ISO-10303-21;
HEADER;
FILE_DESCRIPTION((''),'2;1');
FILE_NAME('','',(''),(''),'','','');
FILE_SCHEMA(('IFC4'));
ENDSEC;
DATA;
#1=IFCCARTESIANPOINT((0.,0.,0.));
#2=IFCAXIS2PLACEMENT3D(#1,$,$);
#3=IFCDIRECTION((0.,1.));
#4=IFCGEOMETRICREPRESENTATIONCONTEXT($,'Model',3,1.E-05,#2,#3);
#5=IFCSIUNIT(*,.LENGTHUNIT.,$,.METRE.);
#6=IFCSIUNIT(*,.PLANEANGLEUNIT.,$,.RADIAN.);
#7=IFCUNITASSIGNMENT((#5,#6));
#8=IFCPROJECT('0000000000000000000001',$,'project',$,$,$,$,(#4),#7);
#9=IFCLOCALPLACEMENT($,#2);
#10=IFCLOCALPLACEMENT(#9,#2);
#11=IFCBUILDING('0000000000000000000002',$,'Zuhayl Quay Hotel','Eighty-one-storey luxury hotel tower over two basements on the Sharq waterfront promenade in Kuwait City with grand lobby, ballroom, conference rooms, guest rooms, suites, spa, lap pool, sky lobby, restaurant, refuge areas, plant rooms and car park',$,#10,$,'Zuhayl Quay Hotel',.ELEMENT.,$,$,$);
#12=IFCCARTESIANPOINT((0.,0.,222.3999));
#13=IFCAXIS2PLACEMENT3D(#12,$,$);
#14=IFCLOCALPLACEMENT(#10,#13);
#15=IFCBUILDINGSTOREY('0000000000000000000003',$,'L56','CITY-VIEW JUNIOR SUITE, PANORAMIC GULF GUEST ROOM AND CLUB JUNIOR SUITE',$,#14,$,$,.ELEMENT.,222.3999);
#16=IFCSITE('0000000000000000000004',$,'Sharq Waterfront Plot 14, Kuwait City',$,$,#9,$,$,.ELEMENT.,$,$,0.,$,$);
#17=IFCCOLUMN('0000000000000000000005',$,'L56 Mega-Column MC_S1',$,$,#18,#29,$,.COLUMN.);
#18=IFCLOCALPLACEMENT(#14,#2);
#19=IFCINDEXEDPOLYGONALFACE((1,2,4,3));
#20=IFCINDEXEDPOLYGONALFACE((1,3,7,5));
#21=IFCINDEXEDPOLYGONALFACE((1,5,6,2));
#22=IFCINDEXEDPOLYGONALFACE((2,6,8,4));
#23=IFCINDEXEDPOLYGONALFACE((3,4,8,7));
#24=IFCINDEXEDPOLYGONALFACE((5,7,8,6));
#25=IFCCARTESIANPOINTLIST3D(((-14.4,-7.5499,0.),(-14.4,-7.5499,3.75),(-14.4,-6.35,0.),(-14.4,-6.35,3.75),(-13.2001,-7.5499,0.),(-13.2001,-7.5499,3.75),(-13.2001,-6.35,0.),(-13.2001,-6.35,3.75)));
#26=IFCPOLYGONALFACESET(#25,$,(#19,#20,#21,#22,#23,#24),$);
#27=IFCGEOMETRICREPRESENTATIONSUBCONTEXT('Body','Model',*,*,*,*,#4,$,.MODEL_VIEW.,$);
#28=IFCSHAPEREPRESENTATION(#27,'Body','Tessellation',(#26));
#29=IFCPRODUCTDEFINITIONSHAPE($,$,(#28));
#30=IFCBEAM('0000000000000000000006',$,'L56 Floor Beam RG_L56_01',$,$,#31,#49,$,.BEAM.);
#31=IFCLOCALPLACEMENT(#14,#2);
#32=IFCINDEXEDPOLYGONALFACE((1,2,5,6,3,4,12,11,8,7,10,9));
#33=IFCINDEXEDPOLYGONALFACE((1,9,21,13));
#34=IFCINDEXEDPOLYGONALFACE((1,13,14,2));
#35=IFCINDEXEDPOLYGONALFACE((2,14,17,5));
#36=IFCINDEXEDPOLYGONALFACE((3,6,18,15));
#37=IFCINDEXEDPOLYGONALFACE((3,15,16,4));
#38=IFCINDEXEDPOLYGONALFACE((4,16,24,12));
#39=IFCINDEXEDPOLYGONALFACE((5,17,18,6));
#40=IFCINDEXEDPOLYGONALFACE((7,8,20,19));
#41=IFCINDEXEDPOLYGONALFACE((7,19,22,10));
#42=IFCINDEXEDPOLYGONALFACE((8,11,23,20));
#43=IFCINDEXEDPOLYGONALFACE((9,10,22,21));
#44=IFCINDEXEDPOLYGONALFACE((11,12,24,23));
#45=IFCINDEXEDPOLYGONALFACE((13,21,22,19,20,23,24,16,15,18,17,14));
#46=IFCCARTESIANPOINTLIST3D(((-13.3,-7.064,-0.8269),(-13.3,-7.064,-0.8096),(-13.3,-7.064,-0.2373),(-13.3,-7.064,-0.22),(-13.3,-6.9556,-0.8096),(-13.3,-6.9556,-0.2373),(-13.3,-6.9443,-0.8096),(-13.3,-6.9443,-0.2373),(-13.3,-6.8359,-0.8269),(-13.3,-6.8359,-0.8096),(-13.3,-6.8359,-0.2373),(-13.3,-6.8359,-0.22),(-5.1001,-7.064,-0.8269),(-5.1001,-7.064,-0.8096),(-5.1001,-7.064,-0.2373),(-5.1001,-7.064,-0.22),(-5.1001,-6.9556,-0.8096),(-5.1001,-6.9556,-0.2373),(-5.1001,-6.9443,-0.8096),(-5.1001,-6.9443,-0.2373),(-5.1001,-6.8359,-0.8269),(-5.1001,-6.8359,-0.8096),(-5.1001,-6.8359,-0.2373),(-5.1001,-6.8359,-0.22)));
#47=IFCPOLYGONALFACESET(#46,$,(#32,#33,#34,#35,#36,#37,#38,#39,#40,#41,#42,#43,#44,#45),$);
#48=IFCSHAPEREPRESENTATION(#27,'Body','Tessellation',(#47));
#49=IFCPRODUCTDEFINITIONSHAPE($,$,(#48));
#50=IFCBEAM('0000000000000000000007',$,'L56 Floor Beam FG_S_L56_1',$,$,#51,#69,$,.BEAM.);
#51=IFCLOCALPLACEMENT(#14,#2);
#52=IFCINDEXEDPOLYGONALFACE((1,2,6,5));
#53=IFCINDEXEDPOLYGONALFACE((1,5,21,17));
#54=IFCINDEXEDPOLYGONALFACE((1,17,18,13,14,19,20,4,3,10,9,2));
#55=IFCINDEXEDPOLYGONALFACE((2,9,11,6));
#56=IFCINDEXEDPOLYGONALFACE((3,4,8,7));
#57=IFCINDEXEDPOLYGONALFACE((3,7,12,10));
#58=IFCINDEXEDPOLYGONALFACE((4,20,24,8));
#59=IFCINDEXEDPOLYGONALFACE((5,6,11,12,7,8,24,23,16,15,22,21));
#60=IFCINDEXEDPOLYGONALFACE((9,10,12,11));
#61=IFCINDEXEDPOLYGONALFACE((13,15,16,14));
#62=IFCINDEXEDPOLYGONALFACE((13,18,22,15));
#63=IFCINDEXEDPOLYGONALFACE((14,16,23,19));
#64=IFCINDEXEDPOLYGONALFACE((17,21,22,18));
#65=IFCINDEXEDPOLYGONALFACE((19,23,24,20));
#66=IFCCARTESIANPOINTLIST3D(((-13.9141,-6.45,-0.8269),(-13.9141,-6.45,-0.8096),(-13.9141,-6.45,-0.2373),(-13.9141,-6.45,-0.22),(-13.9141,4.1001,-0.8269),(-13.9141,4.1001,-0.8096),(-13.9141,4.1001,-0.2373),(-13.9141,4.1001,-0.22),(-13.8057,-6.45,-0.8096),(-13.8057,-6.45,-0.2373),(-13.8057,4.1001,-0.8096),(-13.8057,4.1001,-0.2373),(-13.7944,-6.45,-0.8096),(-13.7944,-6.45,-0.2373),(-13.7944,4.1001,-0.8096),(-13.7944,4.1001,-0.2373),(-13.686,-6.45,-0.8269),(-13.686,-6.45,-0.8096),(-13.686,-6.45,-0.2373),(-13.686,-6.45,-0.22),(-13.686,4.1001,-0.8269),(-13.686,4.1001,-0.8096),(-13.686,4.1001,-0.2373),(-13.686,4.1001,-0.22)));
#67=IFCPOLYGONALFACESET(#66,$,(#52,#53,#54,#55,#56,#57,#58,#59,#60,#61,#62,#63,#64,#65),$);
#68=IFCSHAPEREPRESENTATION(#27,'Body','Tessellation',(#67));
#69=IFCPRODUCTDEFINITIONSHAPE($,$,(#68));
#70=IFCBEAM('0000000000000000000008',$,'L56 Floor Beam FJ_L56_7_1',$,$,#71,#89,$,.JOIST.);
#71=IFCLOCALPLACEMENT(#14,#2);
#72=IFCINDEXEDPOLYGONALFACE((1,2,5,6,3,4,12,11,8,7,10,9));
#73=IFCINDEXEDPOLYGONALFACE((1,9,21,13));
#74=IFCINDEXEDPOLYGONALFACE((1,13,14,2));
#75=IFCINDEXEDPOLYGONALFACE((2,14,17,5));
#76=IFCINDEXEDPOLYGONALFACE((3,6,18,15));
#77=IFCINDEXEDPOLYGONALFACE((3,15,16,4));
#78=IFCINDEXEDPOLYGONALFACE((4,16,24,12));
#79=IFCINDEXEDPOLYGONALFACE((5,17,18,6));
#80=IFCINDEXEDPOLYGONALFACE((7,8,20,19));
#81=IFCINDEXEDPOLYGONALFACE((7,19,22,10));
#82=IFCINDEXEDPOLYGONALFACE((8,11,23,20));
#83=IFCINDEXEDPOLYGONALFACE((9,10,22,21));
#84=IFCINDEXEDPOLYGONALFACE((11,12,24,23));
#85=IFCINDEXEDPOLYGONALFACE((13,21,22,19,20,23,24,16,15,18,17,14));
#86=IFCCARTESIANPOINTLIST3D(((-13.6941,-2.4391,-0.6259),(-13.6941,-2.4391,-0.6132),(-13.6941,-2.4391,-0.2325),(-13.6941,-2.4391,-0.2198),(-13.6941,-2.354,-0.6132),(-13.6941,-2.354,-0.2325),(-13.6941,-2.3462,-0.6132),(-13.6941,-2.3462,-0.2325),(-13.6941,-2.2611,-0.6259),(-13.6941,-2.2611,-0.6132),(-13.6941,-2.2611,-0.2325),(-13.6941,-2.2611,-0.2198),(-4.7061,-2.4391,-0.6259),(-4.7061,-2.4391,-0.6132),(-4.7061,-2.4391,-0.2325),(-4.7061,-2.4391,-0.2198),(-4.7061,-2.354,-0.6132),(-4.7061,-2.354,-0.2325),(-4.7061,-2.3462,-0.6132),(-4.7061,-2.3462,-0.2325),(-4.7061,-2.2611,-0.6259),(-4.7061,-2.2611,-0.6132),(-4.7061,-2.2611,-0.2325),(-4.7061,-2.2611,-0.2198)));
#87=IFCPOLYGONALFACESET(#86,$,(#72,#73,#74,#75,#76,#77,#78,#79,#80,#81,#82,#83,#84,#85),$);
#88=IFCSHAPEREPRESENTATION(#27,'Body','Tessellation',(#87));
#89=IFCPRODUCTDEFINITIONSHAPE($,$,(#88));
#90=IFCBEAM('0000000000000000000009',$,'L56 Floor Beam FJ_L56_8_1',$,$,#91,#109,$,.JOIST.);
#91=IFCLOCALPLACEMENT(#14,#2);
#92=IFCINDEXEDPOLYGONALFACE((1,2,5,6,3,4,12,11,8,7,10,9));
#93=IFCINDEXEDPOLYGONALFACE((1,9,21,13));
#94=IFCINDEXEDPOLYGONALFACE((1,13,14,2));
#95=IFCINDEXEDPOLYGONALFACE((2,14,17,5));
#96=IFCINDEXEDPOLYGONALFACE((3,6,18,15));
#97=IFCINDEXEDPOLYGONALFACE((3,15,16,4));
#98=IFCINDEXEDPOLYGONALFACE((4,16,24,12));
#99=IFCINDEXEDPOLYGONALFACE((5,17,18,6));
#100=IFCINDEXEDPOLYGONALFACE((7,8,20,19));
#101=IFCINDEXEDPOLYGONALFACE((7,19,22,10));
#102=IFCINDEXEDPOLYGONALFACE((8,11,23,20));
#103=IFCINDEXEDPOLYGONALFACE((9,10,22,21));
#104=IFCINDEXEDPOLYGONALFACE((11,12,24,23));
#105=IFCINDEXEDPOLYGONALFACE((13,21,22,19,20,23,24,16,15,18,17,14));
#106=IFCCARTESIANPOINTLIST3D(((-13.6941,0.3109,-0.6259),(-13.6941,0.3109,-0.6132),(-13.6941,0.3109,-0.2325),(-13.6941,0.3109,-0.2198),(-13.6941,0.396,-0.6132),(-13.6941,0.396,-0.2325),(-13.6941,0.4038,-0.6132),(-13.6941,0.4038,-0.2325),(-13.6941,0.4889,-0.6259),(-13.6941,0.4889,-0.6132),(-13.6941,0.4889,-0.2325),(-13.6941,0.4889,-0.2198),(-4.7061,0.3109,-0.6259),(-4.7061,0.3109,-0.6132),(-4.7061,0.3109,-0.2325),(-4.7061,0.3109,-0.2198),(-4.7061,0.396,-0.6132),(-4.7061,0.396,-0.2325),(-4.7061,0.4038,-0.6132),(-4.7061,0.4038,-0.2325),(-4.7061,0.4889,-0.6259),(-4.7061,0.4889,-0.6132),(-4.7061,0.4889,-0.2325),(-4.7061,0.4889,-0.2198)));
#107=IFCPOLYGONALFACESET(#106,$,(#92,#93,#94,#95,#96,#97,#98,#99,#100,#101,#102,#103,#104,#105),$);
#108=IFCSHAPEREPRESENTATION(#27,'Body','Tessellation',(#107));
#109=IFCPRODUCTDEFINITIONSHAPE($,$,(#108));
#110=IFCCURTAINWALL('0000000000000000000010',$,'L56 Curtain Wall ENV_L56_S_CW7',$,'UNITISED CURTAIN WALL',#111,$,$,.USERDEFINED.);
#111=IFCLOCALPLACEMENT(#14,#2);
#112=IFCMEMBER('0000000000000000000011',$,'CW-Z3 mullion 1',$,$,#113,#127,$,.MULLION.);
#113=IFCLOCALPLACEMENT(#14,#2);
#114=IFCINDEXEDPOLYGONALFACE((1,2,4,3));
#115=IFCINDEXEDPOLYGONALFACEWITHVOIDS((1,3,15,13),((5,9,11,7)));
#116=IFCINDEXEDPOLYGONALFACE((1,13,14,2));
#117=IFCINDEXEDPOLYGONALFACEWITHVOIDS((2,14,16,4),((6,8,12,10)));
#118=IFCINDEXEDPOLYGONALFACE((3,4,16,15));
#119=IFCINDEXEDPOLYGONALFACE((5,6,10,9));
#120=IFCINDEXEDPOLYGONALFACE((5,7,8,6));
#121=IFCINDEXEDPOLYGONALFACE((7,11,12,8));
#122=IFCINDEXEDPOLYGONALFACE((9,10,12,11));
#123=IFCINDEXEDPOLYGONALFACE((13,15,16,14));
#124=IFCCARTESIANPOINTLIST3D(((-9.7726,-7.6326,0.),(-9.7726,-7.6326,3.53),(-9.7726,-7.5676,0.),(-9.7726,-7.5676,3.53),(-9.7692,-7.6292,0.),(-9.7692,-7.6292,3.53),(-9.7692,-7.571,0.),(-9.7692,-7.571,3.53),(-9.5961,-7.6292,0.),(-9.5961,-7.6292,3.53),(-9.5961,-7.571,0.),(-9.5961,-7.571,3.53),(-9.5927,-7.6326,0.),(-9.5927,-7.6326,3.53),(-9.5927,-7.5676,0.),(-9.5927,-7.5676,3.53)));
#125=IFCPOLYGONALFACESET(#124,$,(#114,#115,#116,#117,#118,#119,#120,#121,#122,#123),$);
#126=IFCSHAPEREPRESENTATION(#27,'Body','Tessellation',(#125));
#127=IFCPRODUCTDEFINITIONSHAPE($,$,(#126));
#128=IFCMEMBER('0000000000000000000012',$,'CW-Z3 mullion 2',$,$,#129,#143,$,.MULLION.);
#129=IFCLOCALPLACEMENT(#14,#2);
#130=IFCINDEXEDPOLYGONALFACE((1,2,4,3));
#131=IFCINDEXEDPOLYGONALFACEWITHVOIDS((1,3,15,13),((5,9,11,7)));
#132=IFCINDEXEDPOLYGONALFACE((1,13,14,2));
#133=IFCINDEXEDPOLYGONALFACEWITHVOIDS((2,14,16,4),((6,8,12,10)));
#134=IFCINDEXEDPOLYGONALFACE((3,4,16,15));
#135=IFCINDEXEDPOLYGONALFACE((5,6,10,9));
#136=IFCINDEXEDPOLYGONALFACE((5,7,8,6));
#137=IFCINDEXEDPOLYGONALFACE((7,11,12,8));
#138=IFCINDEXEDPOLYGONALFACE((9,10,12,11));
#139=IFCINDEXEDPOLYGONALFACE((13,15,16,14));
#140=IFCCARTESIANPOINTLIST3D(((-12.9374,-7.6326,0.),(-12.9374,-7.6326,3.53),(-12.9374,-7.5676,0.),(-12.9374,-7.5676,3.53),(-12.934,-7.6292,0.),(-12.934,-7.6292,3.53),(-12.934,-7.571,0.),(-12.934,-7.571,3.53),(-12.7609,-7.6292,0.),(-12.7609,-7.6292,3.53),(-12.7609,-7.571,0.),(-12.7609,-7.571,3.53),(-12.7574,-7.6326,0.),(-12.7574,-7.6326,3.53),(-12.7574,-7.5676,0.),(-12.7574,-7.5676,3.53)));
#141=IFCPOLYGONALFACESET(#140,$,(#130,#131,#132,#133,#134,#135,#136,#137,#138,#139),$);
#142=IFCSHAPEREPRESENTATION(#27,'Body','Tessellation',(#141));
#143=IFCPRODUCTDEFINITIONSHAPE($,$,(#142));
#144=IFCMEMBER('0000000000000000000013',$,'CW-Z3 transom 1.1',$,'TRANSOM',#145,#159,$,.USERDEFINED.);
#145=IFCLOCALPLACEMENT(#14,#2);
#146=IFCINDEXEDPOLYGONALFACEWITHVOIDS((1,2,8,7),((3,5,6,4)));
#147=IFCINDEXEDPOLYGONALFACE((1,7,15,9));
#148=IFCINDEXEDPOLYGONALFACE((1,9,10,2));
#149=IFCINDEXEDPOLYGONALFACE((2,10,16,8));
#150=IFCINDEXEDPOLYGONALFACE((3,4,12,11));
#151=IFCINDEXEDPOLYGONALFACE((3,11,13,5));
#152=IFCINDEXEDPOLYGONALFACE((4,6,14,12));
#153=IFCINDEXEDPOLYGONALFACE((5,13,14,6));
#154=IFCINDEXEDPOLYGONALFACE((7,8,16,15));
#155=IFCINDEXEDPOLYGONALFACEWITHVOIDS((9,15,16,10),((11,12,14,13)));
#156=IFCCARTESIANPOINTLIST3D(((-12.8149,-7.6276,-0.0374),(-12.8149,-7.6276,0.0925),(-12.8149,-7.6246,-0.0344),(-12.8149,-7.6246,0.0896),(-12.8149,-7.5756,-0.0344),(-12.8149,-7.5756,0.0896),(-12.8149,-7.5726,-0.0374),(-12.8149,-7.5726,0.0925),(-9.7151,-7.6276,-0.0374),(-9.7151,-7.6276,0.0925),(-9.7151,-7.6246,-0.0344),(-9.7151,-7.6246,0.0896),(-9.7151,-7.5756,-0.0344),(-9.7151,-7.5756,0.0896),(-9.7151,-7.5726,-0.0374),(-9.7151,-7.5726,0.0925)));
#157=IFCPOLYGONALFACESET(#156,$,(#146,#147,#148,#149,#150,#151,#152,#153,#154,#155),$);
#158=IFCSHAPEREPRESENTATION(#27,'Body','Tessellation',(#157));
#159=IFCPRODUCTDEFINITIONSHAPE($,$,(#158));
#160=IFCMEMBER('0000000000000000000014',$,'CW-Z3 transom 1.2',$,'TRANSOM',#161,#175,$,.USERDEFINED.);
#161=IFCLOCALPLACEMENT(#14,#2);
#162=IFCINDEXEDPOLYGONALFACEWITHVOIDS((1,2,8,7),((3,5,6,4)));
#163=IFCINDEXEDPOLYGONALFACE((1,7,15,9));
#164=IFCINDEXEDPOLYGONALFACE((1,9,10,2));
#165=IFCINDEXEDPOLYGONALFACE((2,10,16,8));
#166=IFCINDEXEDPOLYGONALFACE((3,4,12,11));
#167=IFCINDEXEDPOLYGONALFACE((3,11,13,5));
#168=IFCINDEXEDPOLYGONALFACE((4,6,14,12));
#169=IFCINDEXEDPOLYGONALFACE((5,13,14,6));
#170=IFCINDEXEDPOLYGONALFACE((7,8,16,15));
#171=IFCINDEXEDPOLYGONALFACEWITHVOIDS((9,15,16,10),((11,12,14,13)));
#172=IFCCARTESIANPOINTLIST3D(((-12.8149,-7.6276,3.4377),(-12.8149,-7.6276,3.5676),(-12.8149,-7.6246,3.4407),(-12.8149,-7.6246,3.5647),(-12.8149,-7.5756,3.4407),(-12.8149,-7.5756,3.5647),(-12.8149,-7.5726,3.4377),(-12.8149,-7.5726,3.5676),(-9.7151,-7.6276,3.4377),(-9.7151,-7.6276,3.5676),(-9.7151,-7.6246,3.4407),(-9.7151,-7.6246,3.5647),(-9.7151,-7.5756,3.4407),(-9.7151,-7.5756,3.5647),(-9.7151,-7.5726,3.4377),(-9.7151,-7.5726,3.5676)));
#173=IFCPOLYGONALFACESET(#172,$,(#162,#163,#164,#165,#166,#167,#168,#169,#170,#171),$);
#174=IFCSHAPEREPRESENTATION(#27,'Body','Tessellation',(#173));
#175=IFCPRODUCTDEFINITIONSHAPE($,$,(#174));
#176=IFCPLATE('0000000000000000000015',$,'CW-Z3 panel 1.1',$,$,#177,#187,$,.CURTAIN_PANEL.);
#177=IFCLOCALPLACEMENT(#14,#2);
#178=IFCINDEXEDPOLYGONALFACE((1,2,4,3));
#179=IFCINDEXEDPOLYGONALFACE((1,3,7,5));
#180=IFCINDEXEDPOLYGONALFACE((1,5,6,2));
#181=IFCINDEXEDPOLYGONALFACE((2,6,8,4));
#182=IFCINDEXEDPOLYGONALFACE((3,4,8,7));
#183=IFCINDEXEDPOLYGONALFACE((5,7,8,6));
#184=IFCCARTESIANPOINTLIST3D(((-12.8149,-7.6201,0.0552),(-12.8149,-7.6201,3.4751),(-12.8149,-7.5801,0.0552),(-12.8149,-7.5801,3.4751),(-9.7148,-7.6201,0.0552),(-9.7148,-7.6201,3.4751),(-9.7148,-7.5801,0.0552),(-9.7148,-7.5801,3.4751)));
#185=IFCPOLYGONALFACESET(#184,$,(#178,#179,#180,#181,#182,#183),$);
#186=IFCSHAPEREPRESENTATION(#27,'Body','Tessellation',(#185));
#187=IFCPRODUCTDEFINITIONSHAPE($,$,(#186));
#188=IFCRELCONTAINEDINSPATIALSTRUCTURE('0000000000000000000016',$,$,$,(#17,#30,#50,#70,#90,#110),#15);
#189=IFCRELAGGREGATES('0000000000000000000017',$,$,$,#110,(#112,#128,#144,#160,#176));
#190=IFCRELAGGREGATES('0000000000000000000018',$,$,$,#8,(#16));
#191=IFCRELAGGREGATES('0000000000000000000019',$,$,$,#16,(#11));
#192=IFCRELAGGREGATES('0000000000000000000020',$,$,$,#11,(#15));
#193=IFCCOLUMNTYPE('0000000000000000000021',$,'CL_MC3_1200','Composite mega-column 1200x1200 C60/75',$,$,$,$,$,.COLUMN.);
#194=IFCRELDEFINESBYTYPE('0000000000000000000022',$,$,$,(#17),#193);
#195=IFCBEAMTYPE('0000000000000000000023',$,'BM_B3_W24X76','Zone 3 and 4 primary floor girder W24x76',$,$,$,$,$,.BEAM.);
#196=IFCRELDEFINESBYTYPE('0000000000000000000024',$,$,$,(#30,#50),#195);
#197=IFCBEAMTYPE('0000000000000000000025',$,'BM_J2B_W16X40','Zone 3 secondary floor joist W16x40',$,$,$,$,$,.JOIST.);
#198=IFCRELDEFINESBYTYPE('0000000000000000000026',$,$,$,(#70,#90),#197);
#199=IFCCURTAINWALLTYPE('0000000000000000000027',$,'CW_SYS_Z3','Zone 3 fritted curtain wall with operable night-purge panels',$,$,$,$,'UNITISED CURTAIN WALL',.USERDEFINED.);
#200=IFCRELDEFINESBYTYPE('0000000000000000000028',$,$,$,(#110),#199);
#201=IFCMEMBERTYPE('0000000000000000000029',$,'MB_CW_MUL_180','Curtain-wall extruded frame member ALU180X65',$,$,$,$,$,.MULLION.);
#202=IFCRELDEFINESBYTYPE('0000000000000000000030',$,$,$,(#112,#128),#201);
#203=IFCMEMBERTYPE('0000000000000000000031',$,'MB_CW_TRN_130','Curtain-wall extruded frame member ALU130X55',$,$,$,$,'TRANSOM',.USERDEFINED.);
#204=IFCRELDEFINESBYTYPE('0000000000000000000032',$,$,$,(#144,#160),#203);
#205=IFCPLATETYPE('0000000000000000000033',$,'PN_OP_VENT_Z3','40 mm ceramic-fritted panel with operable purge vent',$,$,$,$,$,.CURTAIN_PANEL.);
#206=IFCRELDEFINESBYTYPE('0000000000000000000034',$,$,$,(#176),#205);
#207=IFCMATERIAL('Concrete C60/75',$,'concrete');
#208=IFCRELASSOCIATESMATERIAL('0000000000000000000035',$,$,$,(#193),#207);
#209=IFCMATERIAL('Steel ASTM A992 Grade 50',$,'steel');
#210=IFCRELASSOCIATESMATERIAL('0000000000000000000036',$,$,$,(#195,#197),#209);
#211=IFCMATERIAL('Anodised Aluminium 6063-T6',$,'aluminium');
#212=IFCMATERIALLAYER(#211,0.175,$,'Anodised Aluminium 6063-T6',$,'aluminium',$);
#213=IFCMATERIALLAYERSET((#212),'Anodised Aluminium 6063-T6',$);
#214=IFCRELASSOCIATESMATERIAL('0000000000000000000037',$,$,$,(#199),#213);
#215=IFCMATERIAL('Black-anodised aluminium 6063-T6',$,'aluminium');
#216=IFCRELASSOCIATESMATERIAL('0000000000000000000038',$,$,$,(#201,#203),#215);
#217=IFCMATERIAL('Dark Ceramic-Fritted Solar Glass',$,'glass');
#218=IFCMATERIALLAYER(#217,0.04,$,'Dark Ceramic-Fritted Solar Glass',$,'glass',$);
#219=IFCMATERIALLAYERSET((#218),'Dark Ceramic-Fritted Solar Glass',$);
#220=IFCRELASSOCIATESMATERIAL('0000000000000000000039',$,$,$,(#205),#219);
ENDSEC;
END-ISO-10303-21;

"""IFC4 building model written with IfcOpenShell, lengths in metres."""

from ifc_helpers import new_model, si_unit, direction, frame, origin, origin_2d, place, context, subcontext, project, spatial, rectangle, hollow_rectangle, i_section, extrude, material, layer, layer_set, material_profile, profile_set, type_object, element, aggregate, save


model = new_model("IFC4")

# Units and contexts
model_context = context("Model", 3, precision=1e-05, world=origin(), true_north=direction((0.0, 1.0)))
body_context = subcontext(model_context, "Body", "Model", "MODEL_VIEW")
ifc_project = project(units=[si_unit("LENGTHUNIT", "METRE"), si_unit("PLANEANGLEUNIT", "RADIAN")], contexts=[model_context])

# Site, building, storey
site_placement = place(None, origin())
site = spatial("IfcSite", under=ifc_project, at=site_placement, Name="Sharq Waterfront Plot 14, Kuwait City", CompositionType="ELEMENT", RefElevation=0.0)
building_placement = place(site_placement, origin())
building = spatial("IfcBuilding", under=site, at=building_placement, Name="Zuhayl Quay Hotel", Description="Eighty-one-storey luxury hotel tower over two basements on the Sharq waterfront promenade in Kuwait City with grand lobby, ballroom, conference rooms, guest rooms, suites, spa, lap pool, sky lobby, restaurant, refuge areas, plant rooms and car park", LongName="Zuhayl Quay Hotel", CompositionType="ELEMENT")
storey_placement = place(building_placement, frame((0.0, 0.0, 222.3999)))
storey = spatial("IfcBuildingStorey", under=building, at=storey_placement, Name="L56", Description="CITY-VIEW JUNIOR SUITE, PANORAMIC GULF GUEST ROOM AND CLUB JUNIOR SUITE", CompositionType="ELEMENT", Elevation=222.3999)

# Column
ifc_material_1 = material(Name="Concrete C60/75", Category="concrete")
ifc_material_profile_1 = material_profile(ifc_material_1, rectangle(XDim=1.2, YDim=1.2, at=origin_2d()), Name="RC1200X1200")
ifc_profile_set_1 = profile_set([ifc_material_profile_1], Name="Concrete C60/75")
column_type = type_object("IfcColumnType", Name="CL_MC3_1200", Description="Composite mega-column 1200x1200 C60/75", PredefinedType="COLUMN", material=ifc_profile_set_1)
column_placement = place(storey_placement, frame((-13.8, -6.95, 0.0), z_axis=(0.0, 0.0, 1.0), x_axis=(1.0, 0.0, 0.0)))
element("IfcColumn", 1, at=column_placement, inside=storey, type_object=column_type, Name="L56 Mega-Column MC_S1", PredefinedType="COLUMN", context=body_context, shape_type="SweptSolid", body=[
    extrude(rectangle(XDim=1.2, YDim=1.2, at=origin_2d()), origin(), (0.0, 0.0, 1.0), 3.75),
])

# Beams
ifc_material_2 = material(Name="Steel ASTM A992 Grade 50", Category="steel")
ifc_material_profile_2 = material_profile(ifc_material_2, i_section(OverallWidth=0.228, OverallDepth=0.6069, WebThickness=0.0112, FlangeThickness=0.0173, at=origin_2d()), Name="W24X76")
ifc_profile_set_2 = profile_set([ifc_material_profile_2], Name="Steel ASTM A992 Grade 50")
beam_type_1 = type_object("IfcBeamType", Name="BM_B3_W24X76", Description="Zone 3 and 4 primary floor girder W24x76", PredefinedType="BEAM", material=ifc_profile_set_2)
beam_1_placement = place(storey_placement, frame((-13.3, -6.95, -0.5234), z_axis=(1.0, 0.0, 0.0), x_axis=(0.0, 1.0, 0.0)))
element("IfcBeam", 2, at=beam_1_placement, inside=storey, type_object=beam_type_1, Name="L56 Floor Beam RG_L56_01", PredefinedType="BEAM", context=body_context, shape_type="SweptSolid", body=[
    extrude(i_section(OverallWidth=0.228, OverallDepth=0.6069, WebThickness=0.0112, FlangeThickness=0.0173, at=origin_2d()), origin(), (0.0, 0.0, 1.0), 8.2),
])
beam_2_placement = place(storey_placement, frame((-13.8, -6.45, -0.5234), z_axis=(0.0, 1.0, 0.0), x_axis=(-1.0, 0.0, 0.0)))
element("IfcBeam", 3, at=beam_2_placement, inside=storey, type_object=beam_type_1, Name="L56 Floor Beam FG_S_L56_1", PredefinedType="BEAM", context=body_context, shape_type="SweptSolid", body=[
    extrude(i_section(OverallWidth=0.228, OverallDepth=0.6069, WebThickness=0.0112, FlangeThickness=0.0173, at=origin_2d()), origin(), (0.0, 0.0, 1.0), 10.55),
])
ifc_material_profile_3 = material_profile(ifc_material_2, i_section(OverallWidth=0.178, OverallDepth=0.406, WebThickness=0.0078, FlangeThickness=0.0127, at=origin_2d()), Name="W16X40")
ifc_profile_set_3 = profile_set([ifc_material_profile_3], Name="Steel ASTM A992 Grade 50")
beam_type_2 = type_object("IfcBeamType", Name="BM_J2B_W16X40", Description="Zone 3 secondary floor joist W16x40", PredefinedType="JOIST", material=ifc_profile_set_3)
for number, where, z_axis, x_axis, name in (
    (4, (-13.6941, -2.3501, -0.4229), (1.0, 0.0, 0.0), (0.0, 1.0, 0.0), "L56 Floor Beam FJ_L56_7_1"),
    (5, (-13.6941, 0.3999, -0.4229), (1.0, 0.0, 0.0), (0.0, 1.0, 0.0), "L56 Floor Beam FJ_L56_8_1"),
):
    element("IfcBeam", number, at=place(storey_placement, frame(where, z_axis=z_axis, x_axis=x_axis)), inside=storey, type_object=beam_type_2, Name=name, PredefinedType="JOIST", context=body_context, shape_type="SweptSolid", body=[
        extrude(i_section(OverallWidth=0.178, OverallDepth=0.406, WebThickness=0.0078, FlangeThickness=0.0127, at=origin_2d()), origin(), (0.0, 0.0, 1.0), 8.988),
    ])

# Curtain wall, members, plate
ifc_material_3 = material(Name="Anodised Aluminium 6063-T6", Category="aluminium")
ifc_layer_1 = layer(ifc_material_3, 0.175, Name="Anodised Aluminium 6063-T6", Category="aluminium")
ifc_layer_set_1 = layer_set([ifc_layer_1], Name="Anodised Aluminium 6063-T6")
curtain_wall_type = type_object("IfcCurtainWallType", Name="CW_SYS_Z3", Description="Zone 3 fritted curtain wall with operable night-purge panels", ElementType="UNITISED CURTAIN WALL", PredefinedType="USERDEFINED", material=ifc_layer_set_1)
curtain_wall_placement = place(storey_placement, origin())
curtain_wall = element("IfcCurtainWall", 6, at=curtain_wall_placement, inside=storey, type_object=curtain_wall_type, Name="L56 Curtain Wall ENV_L56_S_CW7", ObjectType="UNITISED CURTAIN WALL", PredefinedType="USERDEFINED")
ifc_material_4 = material(Name="Black-anodised aluminium 6063-T6", Category="aluminium")
ifc_material_profile_4 = material_profile(ifc_material_4, hollow_rectangle(XDim=0.0649, YDim=0.1799, WallThickness=0.0034, at=origin_2d()), Name="ALU180X65")
ifc_profile_set_4 = profile_set([ifc_material_profile_4], Name="Black-anodised aluminium 6063-T6")
member_type_1 = type_object("IfcMemberType", Name="MB_CW_MUL_180", Description="Curtain-wall extruded frame member ALU180X65", PredefinedType="MULLION", material=ifc_profile_set_4)
member_1_placement = place(storey_placement, frame((-9.6826, -7.6001, 0.0), z_axis=(0.0, 0.0, 1.0), x_axis=(0.0, -1.0, 0.0)))
member_1 = element("IfcMember", 7, at=member_1_placement, type_object=member_type_1, Name="CW-Z3 mullion 1", PredefinedType="MULLION", context=body_context, shape_type="SweptSolid", body=[
    extrude(hollow_rectangle(XDim=0.0649, YDim=0.1799, WallThickness=0.0034, at=origin_2d()), origin(), (0.0, 0.0, 1.0), 3.53),
])
member_2_placement = place(storey_placement, frame((-12.8474, -7.6001, 0.0), z_axis=(0.0, 0.0, 1.0), x_axis=(0.0, -1.0, 0.0)))
member_2 = element("IfcMember", 8, at=member_2_placement, type_object=member_type_1, Name="CW-Z3 mullion 2", PredefinedType="MULLION", context=body_context, shape_type="SweptSolid", body=[
    extrude(hollow_rectangle(XDim=0.0649, YDim=0.1799, WallThickness=0.0034, at=origin_2d()), origin(), (0.0, 0.0, 1.0), 3.53),
])
ifc_material_profile_5 = material_profile(ifc_material_4, hollow_rectangle(XDim=0.0549, YDim=0.1299, WallThickness=0.0029, at=origin_2d()), Name="ALU130X55")
ifc_profile_set_5 = profile_set([ifc_material_profile_5], Name="Black-anodised aluminium 6063-T6")
member_type_2 = type_object("IfcMemberType", Name="MB_CW_TRN_130", Description="Curtain-wall extruded frame member ALU130X55", ElementType="TRANSOM", PredefinedType="USERDEFINED", material=ifc_profile_set_5)
member_3_placement = place(storey_placement, frame((-9.7151, -7.6001, 0.0276), z_axis=(-1.0, 0.0, 0.0), x_axis=(0.0, -1.0, 0.0)))
member_3 = element("IfcMember", 9, at=member_3_placement, type_object=member_type_2, Name="CW-Z3 transom 1.1", ObjectType="TRANSOM", PredefinedType="USERDEFINED", context=body_context, shape_type="SweptSolid", body=[
    extrude(hollow_rectangle(XDim=0.0549, YDim=0.1299, WallThickness=0.0029, at=origin_2d()), origin(), (0.0, 0.0, 1.0), 3.0999),
])
member_4_placement = place(storey_placement, frame((-9.7151, -7.6001, 3.5027), z_axis=(-1.0, 0.0, 0.0), x_axis=(0.0, -1.0, 0.0)))
member_4 = element("IfcMember", 10, at=member_4_placement, type_object=member_type_2, Name="CW-Z3 transom 1.2", ObjectType="TRANSOM", PredefinedType="USERDEFINED", context=body_context, shape_type="SweptSolid", body=[
    extrude(hollow_rectangle(XDim=0.0549, YDim=0.1299, WallThickness=0.0029, at=origin_2d()), origin(), (0.0, 0.0, 1.0), 3.0999),
])
ifc_material_5 = material(Name="Dark Ceramic-Fritted Solar Glass", Category="glass")
ifc_layer_2 = layer(ifc_material_5, 0.04, Name="Dark Ceramic-Fritted Solar Glass", Category="glass")
ifc_layer_set_2 = layer_set([ifc_layer_2], Name="Dark Ceramic-Fritted Solar Glass")
plate_type = type_object("IfcPlateType", Name="PN_OP_VENT_Z3", Description="40 mm ceramic-fritted panel with operable purge vent", PredefinedType="CURTAIN_PANEL", material=ifc_layer_set_2)
plate_placement = place(storey_placement, frame((-11.2649, -7.6001, 0.0552), z_axis=(0.0, 0.0, 1.0), x_axis=(-1.0, 0.0, 0.0)))
plate = element("IfcPlate", 11, at=plate_placement, type_object=plate_type, Name="CW-Z3 panel 1.1", PredefinedType="CURTAIN_PANEL", context=body_context, shape_type="SweptSolid", body=[
    extrude(rectangle(XDim=3.1001, YDim=0.04, at=origin_2d()), origin(), (0.0, 0.0, 1.0), 3.4199),
])
aggregate(curtain_wall, [member_1, member_2, member_3, member_4, plate])

save(model, "model.ifc")
